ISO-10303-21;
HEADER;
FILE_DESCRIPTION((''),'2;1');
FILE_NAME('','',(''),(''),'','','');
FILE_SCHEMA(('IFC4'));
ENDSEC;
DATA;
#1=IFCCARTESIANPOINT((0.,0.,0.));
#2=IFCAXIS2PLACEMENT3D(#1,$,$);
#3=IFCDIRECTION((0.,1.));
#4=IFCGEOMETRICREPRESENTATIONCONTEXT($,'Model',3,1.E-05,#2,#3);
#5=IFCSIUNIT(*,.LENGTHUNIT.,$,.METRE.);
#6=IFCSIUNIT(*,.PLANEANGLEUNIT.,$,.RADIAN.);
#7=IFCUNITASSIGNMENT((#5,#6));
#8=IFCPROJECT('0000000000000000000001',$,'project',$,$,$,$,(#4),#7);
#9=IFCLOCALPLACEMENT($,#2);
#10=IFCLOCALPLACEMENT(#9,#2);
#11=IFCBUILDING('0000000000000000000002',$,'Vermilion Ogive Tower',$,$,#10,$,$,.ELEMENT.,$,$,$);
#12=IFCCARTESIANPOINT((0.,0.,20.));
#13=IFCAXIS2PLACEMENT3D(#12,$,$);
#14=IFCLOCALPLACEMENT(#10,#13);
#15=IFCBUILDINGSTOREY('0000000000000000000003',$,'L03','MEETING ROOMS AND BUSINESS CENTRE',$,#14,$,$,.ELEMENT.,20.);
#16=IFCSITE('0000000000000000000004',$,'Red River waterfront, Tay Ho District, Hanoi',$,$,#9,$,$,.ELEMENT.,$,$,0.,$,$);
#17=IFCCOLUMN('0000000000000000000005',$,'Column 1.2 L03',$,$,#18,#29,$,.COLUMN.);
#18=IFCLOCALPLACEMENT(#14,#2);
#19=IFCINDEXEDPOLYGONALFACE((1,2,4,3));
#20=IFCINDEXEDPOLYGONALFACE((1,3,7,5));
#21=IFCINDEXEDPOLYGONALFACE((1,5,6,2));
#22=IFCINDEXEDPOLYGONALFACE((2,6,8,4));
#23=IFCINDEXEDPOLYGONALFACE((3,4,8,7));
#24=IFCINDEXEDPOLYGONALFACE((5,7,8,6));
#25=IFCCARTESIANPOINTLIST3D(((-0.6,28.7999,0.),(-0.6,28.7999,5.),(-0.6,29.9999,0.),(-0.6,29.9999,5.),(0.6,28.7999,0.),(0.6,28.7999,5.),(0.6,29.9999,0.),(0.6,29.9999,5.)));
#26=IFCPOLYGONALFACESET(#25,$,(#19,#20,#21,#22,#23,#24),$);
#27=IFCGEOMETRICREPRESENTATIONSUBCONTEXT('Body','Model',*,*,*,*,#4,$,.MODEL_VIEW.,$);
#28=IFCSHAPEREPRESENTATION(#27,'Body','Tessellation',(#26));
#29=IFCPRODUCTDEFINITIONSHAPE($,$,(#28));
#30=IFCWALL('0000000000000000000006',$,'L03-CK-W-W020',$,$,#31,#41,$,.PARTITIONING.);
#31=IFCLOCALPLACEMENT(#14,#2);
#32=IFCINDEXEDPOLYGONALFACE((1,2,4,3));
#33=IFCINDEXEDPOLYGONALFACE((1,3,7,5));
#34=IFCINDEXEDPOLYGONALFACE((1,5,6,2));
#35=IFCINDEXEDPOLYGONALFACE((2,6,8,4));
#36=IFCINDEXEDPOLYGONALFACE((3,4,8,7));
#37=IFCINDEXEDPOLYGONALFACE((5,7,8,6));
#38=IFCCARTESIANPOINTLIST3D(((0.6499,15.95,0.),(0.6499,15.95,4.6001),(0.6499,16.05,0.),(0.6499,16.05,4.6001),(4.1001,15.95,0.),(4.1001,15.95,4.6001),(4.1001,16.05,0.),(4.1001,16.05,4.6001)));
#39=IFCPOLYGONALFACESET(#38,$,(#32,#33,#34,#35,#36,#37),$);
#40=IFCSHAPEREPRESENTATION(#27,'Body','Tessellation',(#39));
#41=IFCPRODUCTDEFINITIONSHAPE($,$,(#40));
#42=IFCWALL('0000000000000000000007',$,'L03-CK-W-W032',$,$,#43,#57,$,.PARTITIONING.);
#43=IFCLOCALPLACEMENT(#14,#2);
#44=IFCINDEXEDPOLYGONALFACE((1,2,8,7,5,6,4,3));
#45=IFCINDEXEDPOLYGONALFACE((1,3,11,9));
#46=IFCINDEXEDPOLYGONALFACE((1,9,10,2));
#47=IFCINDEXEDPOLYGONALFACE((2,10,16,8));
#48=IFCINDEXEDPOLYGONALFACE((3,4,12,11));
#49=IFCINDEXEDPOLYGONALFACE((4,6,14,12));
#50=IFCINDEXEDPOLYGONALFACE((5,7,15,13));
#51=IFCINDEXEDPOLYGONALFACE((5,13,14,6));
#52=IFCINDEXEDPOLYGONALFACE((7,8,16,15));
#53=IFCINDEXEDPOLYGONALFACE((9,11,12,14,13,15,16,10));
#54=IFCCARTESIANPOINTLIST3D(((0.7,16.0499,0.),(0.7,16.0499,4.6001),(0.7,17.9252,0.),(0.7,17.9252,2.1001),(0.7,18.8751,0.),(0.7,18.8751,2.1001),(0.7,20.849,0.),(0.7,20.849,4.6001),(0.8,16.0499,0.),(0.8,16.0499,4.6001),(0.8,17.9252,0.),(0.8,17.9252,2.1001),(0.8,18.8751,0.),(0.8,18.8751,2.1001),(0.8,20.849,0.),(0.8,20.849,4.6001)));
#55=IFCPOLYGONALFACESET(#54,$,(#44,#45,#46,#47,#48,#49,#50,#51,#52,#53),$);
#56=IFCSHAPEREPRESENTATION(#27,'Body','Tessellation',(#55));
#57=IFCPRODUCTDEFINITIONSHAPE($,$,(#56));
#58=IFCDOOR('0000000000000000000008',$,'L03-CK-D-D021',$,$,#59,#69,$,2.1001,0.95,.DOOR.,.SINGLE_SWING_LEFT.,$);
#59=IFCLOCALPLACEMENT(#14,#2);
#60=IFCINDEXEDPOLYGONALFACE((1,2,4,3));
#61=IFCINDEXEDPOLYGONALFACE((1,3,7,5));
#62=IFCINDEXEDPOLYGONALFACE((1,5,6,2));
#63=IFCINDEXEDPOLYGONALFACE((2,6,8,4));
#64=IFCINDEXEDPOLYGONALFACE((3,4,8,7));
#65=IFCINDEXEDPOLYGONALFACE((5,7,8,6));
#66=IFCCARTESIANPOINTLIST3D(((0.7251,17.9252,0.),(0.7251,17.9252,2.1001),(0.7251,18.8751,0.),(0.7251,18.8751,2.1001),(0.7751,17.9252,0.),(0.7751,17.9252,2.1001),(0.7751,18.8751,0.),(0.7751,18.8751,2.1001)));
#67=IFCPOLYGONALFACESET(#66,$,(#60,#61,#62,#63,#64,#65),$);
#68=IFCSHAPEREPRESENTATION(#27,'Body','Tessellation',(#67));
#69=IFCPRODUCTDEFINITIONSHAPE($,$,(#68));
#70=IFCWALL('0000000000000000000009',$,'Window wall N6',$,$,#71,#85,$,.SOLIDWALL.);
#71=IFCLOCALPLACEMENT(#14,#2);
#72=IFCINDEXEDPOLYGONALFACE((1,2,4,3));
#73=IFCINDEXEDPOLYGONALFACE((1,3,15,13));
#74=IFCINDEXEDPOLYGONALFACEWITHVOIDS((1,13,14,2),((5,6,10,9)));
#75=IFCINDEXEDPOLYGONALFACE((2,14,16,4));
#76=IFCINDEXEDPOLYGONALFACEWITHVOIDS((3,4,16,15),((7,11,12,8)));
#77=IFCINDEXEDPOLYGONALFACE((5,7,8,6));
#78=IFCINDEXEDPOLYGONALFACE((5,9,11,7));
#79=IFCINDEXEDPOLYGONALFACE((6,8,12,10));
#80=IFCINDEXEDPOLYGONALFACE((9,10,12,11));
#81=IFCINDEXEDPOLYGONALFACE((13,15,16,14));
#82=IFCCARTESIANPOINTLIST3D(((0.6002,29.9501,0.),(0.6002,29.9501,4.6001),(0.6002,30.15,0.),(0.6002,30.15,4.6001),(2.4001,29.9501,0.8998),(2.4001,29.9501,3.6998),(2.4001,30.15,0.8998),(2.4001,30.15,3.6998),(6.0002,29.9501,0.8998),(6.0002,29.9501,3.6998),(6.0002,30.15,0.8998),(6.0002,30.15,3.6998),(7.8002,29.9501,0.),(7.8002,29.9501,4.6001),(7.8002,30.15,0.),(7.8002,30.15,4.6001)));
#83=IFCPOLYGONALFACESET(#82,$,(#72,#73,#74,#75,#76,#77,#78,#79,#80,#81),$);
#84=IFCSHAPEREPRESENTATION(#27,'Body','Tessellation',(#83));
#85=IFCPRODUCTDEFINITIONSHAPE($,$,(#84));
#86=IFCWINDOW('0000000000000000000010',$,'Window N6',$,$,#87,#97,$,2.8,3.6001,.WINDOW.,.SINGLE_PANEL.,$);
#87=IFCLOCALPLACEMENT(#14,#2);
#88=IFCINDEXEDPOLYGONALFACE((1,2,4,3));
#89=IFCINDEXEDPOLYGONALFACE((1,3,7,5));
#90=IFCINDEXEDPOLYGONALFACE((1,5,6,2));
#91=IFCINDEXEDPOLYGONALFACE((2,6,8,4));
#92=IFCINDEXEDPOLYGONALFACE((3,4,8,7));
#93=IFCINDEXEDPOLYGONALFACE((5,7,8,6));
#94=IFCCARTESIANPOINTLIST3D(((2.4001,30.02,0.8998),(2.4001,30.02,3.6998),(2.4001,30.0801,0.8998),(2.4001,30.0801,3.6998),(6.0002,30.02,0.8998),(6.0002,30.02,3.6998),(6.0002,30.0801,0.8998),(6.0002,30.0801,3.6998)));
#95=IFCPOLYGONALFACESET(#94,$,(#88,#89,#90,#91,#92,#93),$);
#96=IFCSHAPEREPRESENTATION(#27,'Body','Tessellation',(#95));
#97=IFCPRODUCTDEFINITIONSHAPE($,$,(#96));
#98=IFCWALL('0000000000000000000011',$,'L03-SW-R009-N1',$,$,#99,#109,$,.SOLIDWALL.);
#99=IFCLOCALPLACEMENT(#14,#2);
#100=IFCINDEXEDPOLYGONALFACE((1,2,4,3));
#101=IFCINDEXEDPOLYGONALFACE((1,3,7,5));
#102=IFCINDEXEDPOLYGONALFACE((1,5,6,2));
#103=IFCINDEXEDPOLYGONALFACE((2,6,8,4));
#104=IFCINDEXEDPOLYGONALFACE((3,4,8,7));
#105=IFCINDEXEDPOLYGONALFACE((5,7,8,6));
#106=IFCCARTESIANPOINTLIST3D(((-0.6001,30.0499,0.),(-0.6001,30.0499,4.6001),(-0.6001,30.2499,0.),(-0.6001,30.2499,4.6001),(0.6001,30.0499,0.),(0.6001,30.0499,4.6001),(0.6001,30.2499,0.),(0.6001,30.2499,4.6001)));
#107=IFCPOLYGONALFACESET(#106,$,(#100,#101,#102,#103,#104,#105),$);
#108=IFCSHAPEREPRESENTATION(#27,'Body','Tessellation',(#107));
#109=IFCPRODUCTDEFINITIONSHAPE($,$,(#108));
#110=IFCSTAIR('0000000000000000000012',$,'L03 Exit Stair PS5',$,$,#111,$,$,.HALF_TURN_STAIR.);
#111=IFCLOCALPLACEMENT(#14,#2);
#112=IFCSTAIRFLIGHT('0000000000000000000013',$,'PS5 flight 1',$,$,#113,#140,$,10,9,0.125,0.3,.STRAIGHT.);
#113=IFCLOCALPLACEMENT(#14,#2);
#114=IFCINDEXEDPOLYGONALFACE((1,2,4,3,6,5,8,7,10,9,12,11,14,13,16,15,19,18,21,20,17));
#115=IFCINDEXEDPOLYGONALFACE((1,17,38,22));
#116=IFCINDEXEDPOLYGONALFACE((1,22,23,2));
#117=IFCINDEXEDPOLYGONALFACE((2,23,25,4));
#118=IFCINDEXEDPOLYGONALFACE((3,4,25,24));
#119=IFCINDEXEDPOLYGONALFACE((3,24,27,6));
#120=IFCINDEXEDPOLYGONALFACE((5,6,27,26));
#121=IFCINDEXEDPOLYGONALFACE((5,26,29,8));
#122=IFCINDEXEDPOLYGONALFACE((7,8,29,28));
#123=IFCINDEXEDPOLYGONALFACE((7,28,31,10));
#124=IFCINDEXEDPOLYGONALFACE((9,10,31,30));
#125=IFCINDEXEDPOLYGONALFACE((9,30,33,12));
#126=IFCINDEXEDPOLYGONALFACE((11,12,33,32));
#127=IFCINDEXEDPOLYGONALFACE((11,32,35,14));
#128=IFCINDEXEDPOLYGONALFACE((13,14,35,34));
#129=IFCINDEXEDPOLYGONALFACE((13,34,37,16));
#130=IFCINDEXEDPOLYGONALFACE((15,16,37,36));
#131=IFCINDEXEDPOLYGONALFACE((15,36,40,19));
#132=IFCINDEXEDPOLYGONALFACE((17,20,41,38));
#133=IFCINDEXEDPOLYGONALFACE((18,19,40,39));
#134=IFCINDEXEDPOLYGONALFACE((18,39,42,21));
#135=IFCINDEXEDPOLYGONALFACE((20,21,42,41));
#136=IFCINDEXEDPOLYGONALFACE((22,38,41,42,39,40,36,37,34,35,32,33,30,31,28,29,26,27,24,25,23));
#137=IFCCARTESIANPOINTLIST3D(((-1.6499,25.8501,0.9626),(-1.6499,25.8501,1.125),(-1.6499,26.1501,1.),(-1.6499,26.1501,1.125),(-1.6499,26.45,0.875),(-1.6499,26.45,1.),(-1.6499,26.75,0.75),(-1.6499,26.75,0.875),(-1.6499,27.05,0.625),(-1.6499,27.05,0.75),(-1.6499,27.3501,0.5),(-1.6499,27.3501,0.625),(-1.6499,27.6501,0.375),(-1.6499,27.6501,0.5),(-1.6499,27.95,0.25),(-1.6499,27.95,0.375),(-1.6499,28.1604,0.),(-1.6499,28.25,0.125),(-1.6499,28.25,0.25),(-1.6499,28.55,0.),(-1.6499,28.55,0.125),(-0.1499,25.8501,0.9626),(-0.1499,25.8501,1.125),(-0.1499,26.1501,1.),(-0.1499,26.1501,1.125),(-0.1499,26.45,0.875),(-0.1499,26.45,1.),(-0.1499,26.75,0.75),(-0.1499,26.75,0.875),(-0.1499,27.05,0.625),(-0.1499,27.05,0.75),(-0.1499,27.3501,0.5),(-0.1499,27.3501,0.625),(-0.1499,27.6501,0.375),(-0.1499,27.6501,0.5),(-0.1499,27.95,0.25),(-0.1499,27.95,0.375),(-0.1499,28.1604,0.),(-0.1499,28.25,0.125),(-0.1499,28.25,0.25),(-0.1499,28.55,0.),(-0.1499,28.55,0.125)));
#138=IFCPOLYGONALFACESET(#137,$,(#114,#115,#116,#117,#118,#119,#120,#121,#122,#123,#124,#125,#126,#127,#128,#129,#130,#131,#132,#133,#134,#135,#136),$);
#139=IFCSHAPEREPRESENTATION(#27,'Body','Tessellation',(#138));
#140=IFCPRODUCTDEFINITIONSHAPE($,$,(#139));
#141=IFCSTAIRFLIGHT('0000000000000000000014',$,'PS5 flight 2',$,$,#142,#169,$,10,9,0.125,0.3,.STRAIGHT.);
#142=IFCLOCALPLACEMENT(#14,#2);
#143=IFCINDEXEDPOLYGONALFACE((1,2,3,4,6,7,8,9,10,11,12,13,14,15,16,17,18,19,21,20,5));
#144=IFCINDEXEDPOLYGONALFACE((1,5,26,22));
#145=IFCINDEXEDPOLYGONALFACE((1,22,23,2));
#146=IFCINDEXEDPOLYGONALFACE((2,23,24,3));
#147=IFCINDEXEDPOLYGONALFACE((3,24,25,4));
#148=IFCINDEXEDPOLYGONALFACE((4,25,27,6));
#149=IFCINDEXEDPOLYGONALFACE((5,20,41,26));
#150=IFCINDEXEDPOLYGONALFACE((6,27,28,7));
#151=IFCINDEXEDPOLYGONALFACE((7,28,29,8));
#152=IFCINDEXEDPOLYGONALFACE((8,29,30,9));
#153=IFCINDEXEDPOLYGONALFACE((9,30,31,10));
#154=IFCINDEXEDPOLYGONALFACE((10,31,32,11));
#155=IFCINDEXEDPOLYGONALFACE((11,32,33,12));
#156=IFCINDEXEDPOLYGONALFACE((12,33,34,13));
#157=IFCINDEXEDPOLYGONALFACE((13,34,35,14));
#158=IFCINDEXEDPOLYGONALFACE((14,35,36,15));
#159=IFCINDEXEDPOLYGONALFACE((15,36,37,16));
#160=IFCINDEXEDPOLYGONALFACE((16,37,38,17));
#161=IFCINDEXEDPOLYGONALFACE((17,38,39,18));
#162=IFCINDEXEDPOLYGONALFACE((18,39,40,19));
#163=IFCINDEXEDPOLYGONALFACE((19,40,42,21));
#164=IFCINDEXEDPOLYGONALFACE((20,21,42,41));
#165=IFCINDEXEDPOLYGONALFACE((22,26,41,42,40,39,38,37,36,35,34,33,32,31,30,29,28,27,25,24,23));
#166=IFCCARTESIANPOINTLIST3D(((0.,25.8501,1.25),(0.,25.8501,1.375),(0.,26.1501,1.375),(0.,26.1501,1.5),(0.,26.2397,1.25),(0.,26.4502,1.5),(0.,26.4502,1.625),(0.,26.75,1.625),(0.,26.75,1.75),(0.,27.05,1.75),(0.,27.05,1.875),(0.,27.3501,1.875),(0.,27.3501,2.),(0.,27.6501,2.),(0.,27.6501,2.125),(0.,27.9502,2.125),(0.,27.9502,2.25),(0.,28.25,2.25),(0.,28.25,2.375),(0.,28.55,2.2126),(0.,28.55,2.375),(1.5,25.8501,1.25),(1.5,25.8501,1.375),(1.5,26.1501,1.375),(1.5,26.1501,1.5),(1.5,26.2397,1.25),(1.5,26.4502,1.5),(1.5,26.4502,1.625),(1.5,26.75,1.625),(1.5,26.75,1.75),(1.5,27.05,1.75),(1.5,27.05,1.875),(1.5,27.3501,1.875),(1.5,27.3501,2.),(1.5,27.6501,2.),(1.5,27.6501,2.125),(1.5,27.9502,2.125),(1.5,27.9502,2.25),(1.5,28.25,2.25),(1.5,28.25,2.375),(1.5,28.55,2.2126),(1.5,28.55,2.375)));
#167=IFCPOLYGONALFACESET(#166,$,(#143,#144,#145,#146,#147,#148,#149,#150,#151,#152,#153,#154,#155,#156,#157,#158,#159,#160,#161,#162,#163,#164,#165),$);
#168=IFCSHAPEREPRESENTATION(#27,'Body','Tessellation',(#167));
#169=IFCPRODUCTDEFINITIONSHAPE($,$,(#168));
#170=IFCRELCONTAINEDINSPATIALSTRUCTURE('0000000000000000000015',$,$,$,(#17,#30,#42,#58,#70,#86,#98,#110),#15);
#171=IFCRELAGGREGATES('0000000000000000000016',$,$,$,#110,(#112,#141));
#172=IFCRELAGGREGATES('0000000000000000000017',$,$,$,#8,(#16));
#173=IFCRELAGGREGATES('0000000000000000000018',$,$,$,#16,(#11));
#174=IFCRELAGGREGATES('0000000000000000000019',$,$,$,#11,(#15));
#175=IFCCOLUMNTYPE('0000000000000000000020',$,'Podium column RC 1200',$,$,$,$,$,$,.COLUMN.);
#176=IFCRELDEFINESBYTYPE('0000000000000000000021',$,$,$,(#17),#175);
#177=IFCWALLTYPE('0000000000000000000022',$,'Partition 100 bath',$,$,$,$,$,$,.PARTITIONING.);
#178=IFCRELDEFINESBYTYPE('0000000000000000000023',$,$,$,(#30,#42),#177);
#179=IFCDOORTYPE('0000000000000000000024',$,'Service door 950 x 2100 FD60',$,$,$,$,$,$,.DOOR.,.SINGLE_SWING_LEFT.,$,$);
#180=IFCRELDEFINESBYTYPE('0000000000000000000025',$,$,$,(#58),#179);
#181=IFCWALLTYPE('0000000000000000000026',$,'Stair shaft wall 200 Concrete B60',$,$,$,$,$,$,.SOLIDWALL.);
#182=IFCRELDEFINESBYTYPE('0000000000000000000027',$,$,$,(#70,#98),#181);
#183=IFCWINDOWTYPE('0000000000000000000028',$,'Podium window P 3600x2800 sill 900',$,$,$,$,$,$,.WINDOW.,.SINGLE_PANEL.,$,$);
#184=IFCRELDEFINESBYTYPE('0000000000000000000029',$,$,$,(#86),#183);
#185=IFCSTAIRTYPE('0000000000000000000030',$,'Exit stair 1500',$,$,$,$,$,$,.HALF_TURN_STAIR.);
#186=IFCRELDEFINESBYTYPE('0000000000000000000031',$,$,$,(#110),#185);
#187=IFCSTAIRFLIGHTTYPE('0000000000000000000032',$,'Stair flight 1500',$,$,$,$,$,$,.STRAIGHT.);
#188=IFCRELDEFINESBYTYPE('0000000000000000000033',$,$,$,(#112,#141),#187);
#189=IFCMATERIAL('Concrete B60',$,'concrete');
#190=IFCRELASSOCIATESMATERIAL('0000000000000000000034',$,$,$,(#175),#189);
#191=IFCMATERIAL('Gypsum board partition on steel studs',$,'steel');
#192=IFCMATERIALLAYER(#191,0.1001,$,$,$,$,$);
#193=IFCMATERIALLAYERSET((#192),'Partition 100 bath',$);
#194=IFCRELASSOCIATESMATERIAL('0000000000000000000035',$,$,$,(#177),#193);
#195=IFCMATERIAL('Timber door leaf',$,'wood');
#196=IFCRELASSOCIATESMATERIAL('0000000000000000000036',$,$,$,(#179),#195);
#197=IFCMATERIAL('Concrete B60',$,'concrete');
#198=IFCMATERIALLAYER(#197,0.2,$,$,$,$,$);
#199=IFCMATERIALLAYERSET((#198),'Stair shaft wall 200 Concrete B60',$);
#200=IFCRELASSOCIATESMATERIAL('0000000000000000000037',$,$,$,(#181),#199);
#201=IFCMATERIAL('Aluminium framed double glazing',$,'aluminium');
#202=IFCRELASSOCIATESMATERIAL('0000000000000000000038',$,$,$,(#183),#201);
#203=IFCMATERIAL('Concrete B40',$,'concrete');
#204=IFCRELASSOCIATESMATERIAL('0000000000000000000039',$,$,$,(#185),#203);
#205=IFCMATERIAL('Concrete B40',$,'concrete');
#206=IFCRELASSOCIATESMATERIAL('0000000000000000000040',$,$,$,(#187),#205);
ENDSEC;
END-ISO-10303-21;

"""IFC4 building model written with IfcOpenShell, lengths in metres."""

from ifc_helpers import new_model, si_unit, direction, frame, frame_2d, origin, origin_2d, place, context, subcontext, project, spatial, polyline, rectangle, outline, extrude, material, layer, layer_set, material_profile, profile_set, type_object, element, fill, aggregate, save


model = new_model("IFC4")

# Units and contexts
model_context = context("Model", 3, precision=1e-05, world=origin(), true_north=direction((0.0, 1.0)))
body_context = subcontext(model_context, "Body", "Model", "MODEL_VIEW")
ifc_project = project(units=[si_unit("LENGTHUNIT", "METRE"), si_unit("PLANEANGLEUNIT", "RADIAN")], contexts=[model_context])

# Site, building, storey
site_placement = place(None, origin())
site = spatial("IfcSite", under=ifc_project, at=site_placement, Name="Red River waterfront, Tay Ho District, Hanoi", CompositionType="ELEMENT", RefElevation=0.0)
building_placement = place(site_placement, origin())
building = spatial("IfcBuilding", under=site, at=building_placement, Name="Vermilion Ogive Tower", CompositionType="ELEMENT")
storey_placement = place(building_placement, frame((0.0, 0.0, 20.0)))
storey = spatial("IfcBuildingStorey", under=building, at=storey_placement, Name="L03", Description="MEETING ROOMS AND BUSINESS CENTRE", CompositionType="ELEMENT", Elevation=20.0)

# Column
ifc_material_1 = material(Name="Concrete B60", Category="concrete")
ifc_material_profile = material_profile(ifc_material_1, rectangle(XDim=1.2, YDim=1.2, at=origin_2d()), Name="RC 1200x1200")
ifc_profile_set = profile_set([ifc_material_profile], Name="Concrete B60")
column_type = type_object("IfcColumnType", Name="Podium column RC 1200", PredefinedType="COLUMN", material=ifc_profile_set)
column_placement = place(storey_placement, frame((0.0, 29.3999, 0.0), z_axis=(0.0, 0.0, 1.0), x_axis=(1.0, 0.0, 0.0)))
element("IfcColumn", 1, at=column_placement, inside=storey, type_object=column_type, Name="Column 1.2 L03", PredefinedType="COLUMN", context=body_context, shape_type="SweptSolid", body=[
    extrude(rectangle(XDim=1.2, YDim=1.2, at=origin_2d()), origin(), (0.0, 0.0, 1.0), 5.0),
])

# Wall
ifc_material_2 = material(Name="Gypsum board partition on steel studs", Category="steel")
ifc_layer_1 = layer(ifc_material_2, 0.1001)
ifc_layer_set_1 = layer_set([ifc_layer_1], Name="Partition 100 bath")
wall_type_1 = type_object("IfcWallType", Name="Partition 100 bath", PredefinedType="PARTITIONING", material=ifc_layer_set_1)
wall_1_placement = place(storey_placement, frame((0.6499, 16.0, 0.0), z_axis=(0.0, 0.0, 1.0), x_axis=(1.0, 0.0, 0.0)))
element("IfcWall", 2, at=wall_1_placement, inside=storey, type_object=wall_type_1, Name="L03-CK-W-W020", PredefinedType="PARTITIONING", context=body_context, shape_type="SweptSolid", body=[
    extrude(rectangle(XDim=3.4502, YDim=0.1001, at=frame_2d((1.7251, 0.0))), origin(), (0.0, 0.0, 1.0), 4.6001),
])

# Wall, opening, door
wall_2_placement = place(storey_placement, frame((0.75, 16.05, 0.0), z_axis=(0.0, 0.0, 1.0), x_axis=(0.0, 1.0, 0.0)))
wall_2 = element("IfcWall", 3, at=wall_2_placement, inside=storey, type_object=wall_type_1, Name="L03-CK-W-W032", PredefinedType="PARTITIONING", context=body_context, shape_type="SweptSolid", body=[
    extrude(rectangle(XDim=4.7991, YDim=0.1001, at=frame_2d((2.3994, 0.0))), origin(), (0.0, 0.0, 1.0), 4.6001),
])
opening_1_placement = place(wall_2_placement, frame((1.875, 0.0, 0.0)))
opening_1 = element("IfcOpeningElement", 4, at=opening_1_placement, cuts=wall_2, PredefinedType="OPENING", context=body_context, shape_type="SweptSolid", body=[
    extrude(rectangle(XDim=0.95, YDim=2.1001, at=frame_2d((0.4751, 1.05))), frame((0.0, 0.0601, 0.0), z_axis=(0.0, -1.0, 0.0), x_axis=(1.0, 0.0, 0.0)), (0.0, 0.0, 1.0), 0.1201),
])
ifc_material_3 = material(Name="Timber door leaf", Category="wood")
door_type = type_object("IfcDoorType", Name="Service door 950 x 2100 FD60", OperationType="SINGLE_SWING_LEFT", PredefinedType="DOOR", material=ifc_material_3)
door_placement = place(opening_1_placement, origin())
door = element("IfcDoor", 5, at=door_placement, inside=storey, type_object=door_type, Name="L03-CK-D-D021", OperationType="SINGLE_SWING_LEFT", OverallHeight=2.1001, OverallWidth=0.95, PredefinedType="DOOR", context=body_context, shape_type="SweptSolid", body=[
    extrude(rectangle(XDim=0.95, YDim=2.1001, at=frame_2d((0.4751, 1.05))), frame((0.0, 0.0249, 0.0), z_axis=(0.0, -1.0, 0.0), x_axis=(1.0, 0.0, 0.0)), (0.0, 0.0, 1.0), 0.05),
])
fill(opening_1, door)

# Wall, opening, window
ifc_material_4 = material(Name="Concrete B60", Category="concrete")
ifc_layer_2 = layer(ifc_material_4, 0.2)
ifc_layer_set_2 = layer_set([ifc_layer_2], Name="Stair shaft wall 200 Concrete B60")
wall_type_2 = type_object("IfcWallType", Name="Stair shaft wall 200 Concrete B60", PredefinedType="SOLIDWALL", material=ifc_layer_set_2)
wall_3_placement = place(storey_placement, frame((0.6001, 30.05, 0.0), z_axis=(0.0, 0.0, 1.0), x_axis=(1.0, 0.0, 0.0)))
wall_3 = element("IfcWall", 6, at=wall_3_placement, inside=storey, type_object=wall_type_2, Name="Window wall N6", PredefinedType="SOLIDWALL", context=body_context, shape_type="SweptSolid", body=[
    extrude(rectangle(XDim=7.2, YDim=0.2, at=frame_2d((3.6001, 0.0))), origin(), (0.0, 0.0, 1.0), 4.6001),
])
opening_2_placement = place(wall_3_placement, frame((1.8, 0.0, 0.8999)))
opening_2 = element("IfcOpeningElement", 7, at=opening_2_placement, cuts=wall_3, PredefinedType="OPENING", context=body_context, shape_type="SweptSolid", body=[
    extrude(rectangle(XDim=3.6001, YDim=2.8, at=frame_2d((1.8, 1.3999))), frame((0.0, 0.1099, 0.0), z_axis=(0.0, -1.0, 0.0), x_axis=(1.0, 0.0, 0.0)), (0.0, 0.0, 1.0), 0.22),
])
ifc_material_5 = material(Name="Aluminium framed double glazing", Category="aluminium")
window_type = type_object("IfcWindowType", Name="Podium window P 3600x2800 sill 900", PartitioningType="SINGLE_PANEL", PredefinedType="WINDOW", material=ifc_material_5)
window_placement = place(opening_2_placement, origin())
window = element("IfcWindow", 8, at=window_placement, inside=storey, type_object=window_type, Name="Window N6", OverallHeight=2.8, OverallWidth=3.6001, PartitioningType="SINGLE_PANEL", PredefinedType="WINDOW", context=body_context, shape_type="SweptSolid", body=[
    extrude(rectangle(XDim=3.6001, YDim=2.8, at=frame_2d((1.8, 1.3999))), frame((0.0, 0.03, 0.0), z_axis=(0.0, -1.0, 0.0), x_axis=(1.0, 0.0, 0.0)), (0.0, 0.0, 1.0), 0.0601),
])
fill(opening_2, window)

# Wall
wall_4_placement = place(storey_placement, frame((-0.6001, 30.1499, 0.0), z_axis=(0.0, 0.0, 1.0), x_axis=(1.0, 0.0, 0.0)))
element("IfcWall", 9, at=wall_4_placement, inside=storey, type_object=wall_type_2, Name="L03-SW-R009-N1", PredefinedType="SOLIDWALL", context=body_context, shape_type="SweptSolid", body=[
    extrude(rectangle(XDim=1.2002, YDim=0.2, at=frame_2d((0.6001, 0.0))), origin(), (0.0, 0.0, 1.0), 4.6001),
])

# Stair, stair flights
ifc_material_6 = material(Name="Concrete B40", Category="concrete")
stair_type = type_object("IfcStairType", Name="Exit stair 1500", PredefinedType="HALF_TURN_STAIR", material=ifc_material_6)
stair_placement = place(storey_placement, origin())
stair = element("IfcStair", 10, at=stair_placement, inside=storey, type_object=stair_type, Name="L03 Exit Stair PS5", PredefinedType="HALF_TURN_STAIR")
ifc_material_7 = material(Name="Concrete B40", Category="concrete")
stair_flight_type = type_object("IfcStairFlightType", Name="Stair flight 1500", PredefinedType="STRAIGHT", material=ifc_material_7)
stair_flight_1_placement = place(storey_placement, frame((-0.8999, 28.55, 0.0), z_axis=(0.0, 0.0, 1.0), x_axis=(0.0, -1.0, 0.0)))
stair_flight_1 = element("IfcStairFlight", 11, at=stair_flight_1_placement, type_object=stair_flight_type, Name="PS5 flight 1", NumberOfRisers=10, NumberOfTreads=9, PredefinedType="STRAIGHT", RiserHeight=0.125, TreadLength=0.3, context=body_context, shape_type="SweptSolid", body=[
    extrude(outline(polyline([(0.0, 0.0), (0.0, 0.125), (0.3, 0.125), (0.3, 0.25), (0.6001, 0.25), (0.6001, 0.375), (0.8999, 0.375), (0.8999, 0.5), (1.2, 0.5), (1.2, 0.625), (1.5, 0.625), (1.5, 0.75), (1.8, 0.75), (1.8, 0.875), (2.1001, 0.875), (2.1001, 1.0), (2.3999, 1.0), (2.3999, 1.125), (2.7, 1.125), (2.7, 1.25), (2.7, 0.9626), (0.3896, 0.0), (0.0, 0.0)])), frame((0.0, 0.75, 0.0), z_axis=(0.0, -1.0, 0.0), x_axis=(1.0, 0.0, 0.0)), (0.0, 0.0, 1.0), 1.5),
])
stair_flight_2_placement = place(storey_placement, frame((0.75, 25.8501, 1.25), z_axis=(0.0, 0.0, 1.0), x_axis=(0.0, 1.0, 0.0)))
stair_flight_2 = element("IfcStairFlight", 12, at=stair_flight_2_placement, type_object=stair_flight_type, Name="PS5 flight 2", NumberOfRisers=10, NumberOfTreads=9, PredefinedType="STRAIGHT", RiserHeight=0.125, TreadLength=0.3, context=body_context, shape_type="SweptSolid", body=[
    extrude(outline(polyline([(0.0, 0.0), (0.0, 0.125), (0.3, 0.125), (0.3, 0.25), (0.6001, 0.25), (0.6001, 0.375), (0.8999, 0.375), (0.8999, 0.5), (1.2, 0.5), (1.2, 0.625), (1.5, 0.625), (1.5, 0.75), (1.8, 0.75), (1.8, 0.875), (2.1001, 0.875), (2.1001, 1.0), (2.3999, 1.0), (2.3999, 1.125), (2.7, 1.125), (2.7, 1.25), (2.7, 0.9626), (0.3896, 0.0), (0.0, 0.0)])), frame((0.0, 0.75, 0.0), z_axis=(0.0, -1.0, 0.0), x_axis=(1.0, 0.0, 0.0)), (0.0, 0.0, 1.0), 1.5),
])
aggregate(stair, [stair_flight_1, stair_flight_2])

save(model, "model.ifc")
